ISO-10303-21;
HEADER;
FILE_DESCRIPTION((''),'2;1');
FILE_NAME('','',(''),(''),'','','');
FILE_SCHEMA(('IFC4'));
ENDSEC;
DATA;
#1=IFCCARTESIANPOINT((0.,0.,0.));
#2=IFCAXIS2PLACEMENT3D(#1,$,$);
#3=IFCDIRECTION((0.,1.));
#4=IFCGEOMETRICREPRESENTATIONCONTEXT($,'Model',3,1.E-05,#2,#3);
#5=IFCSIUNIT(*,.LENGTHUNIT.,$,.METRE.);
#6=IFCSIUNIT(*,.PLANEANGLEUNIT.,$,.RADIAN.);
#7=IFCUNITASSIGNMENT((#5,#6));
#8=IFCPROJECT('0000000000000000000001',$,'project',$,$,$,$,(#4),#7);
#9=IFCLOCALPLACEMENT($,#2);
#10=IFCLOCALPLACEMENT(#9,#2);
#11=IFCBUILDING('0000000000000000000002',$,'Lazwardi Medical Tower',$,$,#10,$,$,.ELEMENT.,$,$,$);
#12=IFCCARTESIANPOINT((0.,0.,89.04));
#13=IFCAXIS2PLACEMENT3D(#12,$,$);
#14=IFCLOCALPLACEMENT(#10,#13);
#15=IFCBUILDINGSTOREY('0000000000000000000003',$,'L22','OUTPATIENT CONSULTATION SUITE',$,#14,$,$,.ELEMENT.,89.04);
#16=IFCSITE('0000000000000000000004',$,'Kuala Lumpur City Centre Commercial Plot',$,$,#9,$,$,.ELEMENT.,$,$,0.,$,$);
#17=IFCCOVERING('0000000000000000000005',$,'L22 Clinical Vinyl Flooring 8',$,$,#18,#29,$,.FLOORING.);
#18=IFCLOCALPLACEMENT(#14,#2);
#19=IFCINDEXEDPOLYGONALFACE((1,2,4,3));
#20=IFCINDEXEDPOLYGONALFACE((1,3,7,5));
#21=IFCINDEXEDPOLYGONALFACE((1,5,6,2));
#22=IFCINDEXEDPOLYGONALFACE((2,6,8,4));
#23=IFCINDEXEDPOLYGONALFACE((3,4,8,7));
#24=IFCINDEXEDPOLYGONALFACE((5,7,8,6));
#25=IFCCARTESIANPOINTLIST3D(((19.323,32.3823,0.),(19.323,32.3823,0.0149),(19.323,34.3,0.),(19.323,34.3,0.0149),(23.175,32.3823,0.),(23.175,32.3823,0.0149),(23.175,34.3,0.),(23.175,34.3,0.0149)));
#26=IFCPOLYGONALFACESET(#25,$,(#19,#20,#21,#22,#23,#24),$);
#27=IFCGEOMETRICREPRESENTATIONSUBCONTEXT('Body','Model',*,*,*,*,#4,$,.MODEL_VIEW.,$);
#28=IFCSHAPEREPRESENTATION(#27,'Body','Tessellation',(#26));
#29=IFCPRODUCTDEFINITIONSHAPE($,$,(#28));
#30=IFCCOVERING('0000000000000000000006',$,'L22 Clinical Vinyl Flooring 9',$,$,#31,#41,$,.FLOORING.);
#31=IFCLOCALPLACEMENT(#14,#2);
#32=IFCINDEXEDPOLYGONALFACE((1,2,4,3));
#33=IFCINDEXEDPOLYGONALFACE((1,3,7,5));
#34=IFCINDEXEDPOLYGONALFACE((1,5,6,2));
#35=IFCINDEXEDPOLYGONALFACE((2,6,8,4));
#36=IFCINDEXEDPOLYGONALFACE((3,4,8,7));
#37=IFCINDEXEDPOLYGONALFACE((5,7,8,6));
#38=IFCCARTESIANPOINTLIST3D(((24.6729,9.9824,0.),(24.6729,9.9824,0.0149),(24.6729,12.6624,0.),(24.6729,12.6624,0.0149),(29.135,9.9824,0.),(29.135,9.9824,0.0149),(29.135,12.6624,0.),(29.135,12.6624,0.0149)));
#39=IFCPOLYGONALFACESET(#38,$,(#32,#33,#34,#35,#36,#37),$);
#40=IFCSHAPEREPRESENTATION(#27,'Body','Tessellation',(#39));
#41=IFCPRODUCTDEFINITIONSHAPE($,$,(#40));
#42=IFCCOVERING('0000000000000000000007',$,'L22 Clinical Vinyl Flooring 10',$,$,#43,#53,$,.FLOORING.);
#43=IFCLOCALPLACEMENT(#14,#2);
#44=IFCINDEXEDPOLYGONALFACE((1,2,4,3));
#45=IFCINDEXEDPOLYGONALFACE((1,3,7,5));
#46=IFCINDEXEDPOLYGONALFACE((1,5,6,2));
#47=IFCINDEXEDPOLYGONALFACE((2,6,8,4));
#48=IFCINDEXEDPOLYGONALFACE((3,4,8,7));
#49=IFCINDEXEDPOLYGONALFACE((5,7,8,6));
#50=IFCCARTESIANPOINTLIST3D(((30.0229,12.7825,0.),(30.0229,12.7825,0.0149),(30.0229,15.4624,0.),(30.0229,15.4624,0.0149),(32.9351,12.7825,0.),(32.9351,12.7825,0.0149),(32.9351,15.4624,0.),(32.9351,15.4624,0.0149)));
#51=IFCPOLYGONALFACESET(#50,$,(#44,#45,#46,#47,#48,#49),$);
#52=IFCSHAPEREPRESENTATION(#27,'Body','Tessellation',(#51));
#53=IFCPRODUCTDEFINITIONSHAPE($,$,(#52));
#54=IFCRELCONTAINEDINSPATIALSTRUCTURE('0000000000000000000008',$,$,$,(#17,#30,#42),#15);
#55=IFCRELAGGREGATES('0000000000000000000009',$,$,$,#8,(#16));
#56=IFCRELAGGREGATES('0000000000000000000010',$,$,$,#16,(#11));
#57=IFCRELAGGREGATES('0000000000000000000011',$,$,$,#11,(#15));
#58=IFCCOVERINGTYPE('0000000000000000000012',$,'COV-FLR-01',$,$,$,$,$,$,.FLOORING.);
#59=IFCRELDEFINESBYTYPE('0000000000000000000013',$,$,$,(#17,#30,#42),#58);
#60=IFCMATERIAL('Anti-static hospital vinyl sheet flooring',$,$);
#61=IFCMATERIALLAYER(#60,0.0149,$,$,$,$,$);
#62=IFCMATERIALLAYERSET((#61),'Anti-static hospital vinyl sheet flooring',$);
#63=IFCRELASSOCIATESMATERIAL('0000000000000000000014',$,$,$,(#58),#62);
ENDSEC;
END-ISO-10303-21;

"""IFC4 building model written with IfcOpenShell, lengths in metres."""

from ifc_helpers import new_model, si_unit, direction, frame, origin, place, context, subcontext, project, spatial, polyline, outline, extrude, material, layer, layer_set, type_object, element, save


model = new_model("IFC4")

# Units and contexts
model_context = context("Model", 3, precision=1e-05, world=origin(), true_north=direction((0.0, 1.0)))
body_context = subcontext(model_context, "Body", "Model", "MODEL_VIEW")
ifc_project = project(units=[si_unit("LENGTHUNIT", "METRE"), si_unit("PLANEANGLEUNIT", "RADIAN")], contexts=[model_context])

# Site, building, storey
site_placement = place(None, origin())
site = spatial("IfcSite", under=ifc_project, at=site_placement, Name="Kuala Lumpur City Centre Commercial Plot", CompositionType="ELEMENT", RefElevation=0.0)
building_placement = place(site_placement, origin())
building = spatial("IfcBuilding", under=site, at=building_placement, Name="Lazwardi Medical Tower", CompositionType="ELEMENT")
storey_placement = place(building_placement, frame((0.0, 0.0, 89.04)))
storey = spatial("IfcBuildingStorey", under=building, at=storey_placement, Name="L22", Description="OUTPATIENT CONSULTATION SUITE", CompositionType="ELEMENT", Elevation=89.04)

# Coverings
ifc_material_1 = material(Name="Anti-static hospital vinyl sheet flooring")
ifc_layer_1 = layer(ifc_material_1, 0.0149)
ifc_layer_set_1 = layer_set([ifc_layer_1], Name="Anti-static hospital vinyl sheet flooring")
covering_type_1 = type_object("IfcCoveringType", Name="COV-FLR-01", PredefinedType="FLOORING", material=ifc_layer_set_1)
covering_1_placement = place(storey_placement, origin())
element("IfcCovering", 1, at=covering_1_placement, inside=storey, type_object=covering_type_1, Name="L22 Clinical Vinyl Flooring 8", PredefinedType="FLOORING", context=body_context, shape_type="SweptSolid", body=[
    extrude(outline(polyline([(23.175, 32.3823), (23.175, 34.3), (19.323, 34.3), (19.323, 32.3823), (23.175, 32.3823)])), origin(), (0.0, 0.0, 1.0), 0.0149),
])
covering_2_placement = place(storey_placement, origin())
element("IfcCovering", 2, at=covering_2_placement, inside=storey, type_object=covering_type_1, Name="L22 Clinical Vinyl Flooring 9", PredefinedType="FLOORING", context=body_context, shape_type="SweptSolid", body=[
    extrude(outline(polyline([(29.135, 9.9824), (29.135, 12.6624), (24.6729, 12.6624), (24.6729, 9.9824), (29.135, 9.9824)])), origin(), (0.0, 0.0, 1.0), 0.0149),
])
covering_3_placement = place(storey_placement, origin())
element("IfcCovering", 3, at=covering_3_placement, inside=storey, type_object=covering_type_1, Name="L22 Clinical Vinyl Flooring 10", PredefinedType="FLOORING", context=body_context, shape_type="SweptSolid", body=[
    extrude(outline(polyline([(32.9351, 12.7825), (32.9351, 15.4624), (30.0229, 15.4624), (30.0229, 12.7825), (32.9351, 12.7825)])), origin(), (0.0, 0.0, 1.0), 0.0149),
])

save(model, "model.ifc")
